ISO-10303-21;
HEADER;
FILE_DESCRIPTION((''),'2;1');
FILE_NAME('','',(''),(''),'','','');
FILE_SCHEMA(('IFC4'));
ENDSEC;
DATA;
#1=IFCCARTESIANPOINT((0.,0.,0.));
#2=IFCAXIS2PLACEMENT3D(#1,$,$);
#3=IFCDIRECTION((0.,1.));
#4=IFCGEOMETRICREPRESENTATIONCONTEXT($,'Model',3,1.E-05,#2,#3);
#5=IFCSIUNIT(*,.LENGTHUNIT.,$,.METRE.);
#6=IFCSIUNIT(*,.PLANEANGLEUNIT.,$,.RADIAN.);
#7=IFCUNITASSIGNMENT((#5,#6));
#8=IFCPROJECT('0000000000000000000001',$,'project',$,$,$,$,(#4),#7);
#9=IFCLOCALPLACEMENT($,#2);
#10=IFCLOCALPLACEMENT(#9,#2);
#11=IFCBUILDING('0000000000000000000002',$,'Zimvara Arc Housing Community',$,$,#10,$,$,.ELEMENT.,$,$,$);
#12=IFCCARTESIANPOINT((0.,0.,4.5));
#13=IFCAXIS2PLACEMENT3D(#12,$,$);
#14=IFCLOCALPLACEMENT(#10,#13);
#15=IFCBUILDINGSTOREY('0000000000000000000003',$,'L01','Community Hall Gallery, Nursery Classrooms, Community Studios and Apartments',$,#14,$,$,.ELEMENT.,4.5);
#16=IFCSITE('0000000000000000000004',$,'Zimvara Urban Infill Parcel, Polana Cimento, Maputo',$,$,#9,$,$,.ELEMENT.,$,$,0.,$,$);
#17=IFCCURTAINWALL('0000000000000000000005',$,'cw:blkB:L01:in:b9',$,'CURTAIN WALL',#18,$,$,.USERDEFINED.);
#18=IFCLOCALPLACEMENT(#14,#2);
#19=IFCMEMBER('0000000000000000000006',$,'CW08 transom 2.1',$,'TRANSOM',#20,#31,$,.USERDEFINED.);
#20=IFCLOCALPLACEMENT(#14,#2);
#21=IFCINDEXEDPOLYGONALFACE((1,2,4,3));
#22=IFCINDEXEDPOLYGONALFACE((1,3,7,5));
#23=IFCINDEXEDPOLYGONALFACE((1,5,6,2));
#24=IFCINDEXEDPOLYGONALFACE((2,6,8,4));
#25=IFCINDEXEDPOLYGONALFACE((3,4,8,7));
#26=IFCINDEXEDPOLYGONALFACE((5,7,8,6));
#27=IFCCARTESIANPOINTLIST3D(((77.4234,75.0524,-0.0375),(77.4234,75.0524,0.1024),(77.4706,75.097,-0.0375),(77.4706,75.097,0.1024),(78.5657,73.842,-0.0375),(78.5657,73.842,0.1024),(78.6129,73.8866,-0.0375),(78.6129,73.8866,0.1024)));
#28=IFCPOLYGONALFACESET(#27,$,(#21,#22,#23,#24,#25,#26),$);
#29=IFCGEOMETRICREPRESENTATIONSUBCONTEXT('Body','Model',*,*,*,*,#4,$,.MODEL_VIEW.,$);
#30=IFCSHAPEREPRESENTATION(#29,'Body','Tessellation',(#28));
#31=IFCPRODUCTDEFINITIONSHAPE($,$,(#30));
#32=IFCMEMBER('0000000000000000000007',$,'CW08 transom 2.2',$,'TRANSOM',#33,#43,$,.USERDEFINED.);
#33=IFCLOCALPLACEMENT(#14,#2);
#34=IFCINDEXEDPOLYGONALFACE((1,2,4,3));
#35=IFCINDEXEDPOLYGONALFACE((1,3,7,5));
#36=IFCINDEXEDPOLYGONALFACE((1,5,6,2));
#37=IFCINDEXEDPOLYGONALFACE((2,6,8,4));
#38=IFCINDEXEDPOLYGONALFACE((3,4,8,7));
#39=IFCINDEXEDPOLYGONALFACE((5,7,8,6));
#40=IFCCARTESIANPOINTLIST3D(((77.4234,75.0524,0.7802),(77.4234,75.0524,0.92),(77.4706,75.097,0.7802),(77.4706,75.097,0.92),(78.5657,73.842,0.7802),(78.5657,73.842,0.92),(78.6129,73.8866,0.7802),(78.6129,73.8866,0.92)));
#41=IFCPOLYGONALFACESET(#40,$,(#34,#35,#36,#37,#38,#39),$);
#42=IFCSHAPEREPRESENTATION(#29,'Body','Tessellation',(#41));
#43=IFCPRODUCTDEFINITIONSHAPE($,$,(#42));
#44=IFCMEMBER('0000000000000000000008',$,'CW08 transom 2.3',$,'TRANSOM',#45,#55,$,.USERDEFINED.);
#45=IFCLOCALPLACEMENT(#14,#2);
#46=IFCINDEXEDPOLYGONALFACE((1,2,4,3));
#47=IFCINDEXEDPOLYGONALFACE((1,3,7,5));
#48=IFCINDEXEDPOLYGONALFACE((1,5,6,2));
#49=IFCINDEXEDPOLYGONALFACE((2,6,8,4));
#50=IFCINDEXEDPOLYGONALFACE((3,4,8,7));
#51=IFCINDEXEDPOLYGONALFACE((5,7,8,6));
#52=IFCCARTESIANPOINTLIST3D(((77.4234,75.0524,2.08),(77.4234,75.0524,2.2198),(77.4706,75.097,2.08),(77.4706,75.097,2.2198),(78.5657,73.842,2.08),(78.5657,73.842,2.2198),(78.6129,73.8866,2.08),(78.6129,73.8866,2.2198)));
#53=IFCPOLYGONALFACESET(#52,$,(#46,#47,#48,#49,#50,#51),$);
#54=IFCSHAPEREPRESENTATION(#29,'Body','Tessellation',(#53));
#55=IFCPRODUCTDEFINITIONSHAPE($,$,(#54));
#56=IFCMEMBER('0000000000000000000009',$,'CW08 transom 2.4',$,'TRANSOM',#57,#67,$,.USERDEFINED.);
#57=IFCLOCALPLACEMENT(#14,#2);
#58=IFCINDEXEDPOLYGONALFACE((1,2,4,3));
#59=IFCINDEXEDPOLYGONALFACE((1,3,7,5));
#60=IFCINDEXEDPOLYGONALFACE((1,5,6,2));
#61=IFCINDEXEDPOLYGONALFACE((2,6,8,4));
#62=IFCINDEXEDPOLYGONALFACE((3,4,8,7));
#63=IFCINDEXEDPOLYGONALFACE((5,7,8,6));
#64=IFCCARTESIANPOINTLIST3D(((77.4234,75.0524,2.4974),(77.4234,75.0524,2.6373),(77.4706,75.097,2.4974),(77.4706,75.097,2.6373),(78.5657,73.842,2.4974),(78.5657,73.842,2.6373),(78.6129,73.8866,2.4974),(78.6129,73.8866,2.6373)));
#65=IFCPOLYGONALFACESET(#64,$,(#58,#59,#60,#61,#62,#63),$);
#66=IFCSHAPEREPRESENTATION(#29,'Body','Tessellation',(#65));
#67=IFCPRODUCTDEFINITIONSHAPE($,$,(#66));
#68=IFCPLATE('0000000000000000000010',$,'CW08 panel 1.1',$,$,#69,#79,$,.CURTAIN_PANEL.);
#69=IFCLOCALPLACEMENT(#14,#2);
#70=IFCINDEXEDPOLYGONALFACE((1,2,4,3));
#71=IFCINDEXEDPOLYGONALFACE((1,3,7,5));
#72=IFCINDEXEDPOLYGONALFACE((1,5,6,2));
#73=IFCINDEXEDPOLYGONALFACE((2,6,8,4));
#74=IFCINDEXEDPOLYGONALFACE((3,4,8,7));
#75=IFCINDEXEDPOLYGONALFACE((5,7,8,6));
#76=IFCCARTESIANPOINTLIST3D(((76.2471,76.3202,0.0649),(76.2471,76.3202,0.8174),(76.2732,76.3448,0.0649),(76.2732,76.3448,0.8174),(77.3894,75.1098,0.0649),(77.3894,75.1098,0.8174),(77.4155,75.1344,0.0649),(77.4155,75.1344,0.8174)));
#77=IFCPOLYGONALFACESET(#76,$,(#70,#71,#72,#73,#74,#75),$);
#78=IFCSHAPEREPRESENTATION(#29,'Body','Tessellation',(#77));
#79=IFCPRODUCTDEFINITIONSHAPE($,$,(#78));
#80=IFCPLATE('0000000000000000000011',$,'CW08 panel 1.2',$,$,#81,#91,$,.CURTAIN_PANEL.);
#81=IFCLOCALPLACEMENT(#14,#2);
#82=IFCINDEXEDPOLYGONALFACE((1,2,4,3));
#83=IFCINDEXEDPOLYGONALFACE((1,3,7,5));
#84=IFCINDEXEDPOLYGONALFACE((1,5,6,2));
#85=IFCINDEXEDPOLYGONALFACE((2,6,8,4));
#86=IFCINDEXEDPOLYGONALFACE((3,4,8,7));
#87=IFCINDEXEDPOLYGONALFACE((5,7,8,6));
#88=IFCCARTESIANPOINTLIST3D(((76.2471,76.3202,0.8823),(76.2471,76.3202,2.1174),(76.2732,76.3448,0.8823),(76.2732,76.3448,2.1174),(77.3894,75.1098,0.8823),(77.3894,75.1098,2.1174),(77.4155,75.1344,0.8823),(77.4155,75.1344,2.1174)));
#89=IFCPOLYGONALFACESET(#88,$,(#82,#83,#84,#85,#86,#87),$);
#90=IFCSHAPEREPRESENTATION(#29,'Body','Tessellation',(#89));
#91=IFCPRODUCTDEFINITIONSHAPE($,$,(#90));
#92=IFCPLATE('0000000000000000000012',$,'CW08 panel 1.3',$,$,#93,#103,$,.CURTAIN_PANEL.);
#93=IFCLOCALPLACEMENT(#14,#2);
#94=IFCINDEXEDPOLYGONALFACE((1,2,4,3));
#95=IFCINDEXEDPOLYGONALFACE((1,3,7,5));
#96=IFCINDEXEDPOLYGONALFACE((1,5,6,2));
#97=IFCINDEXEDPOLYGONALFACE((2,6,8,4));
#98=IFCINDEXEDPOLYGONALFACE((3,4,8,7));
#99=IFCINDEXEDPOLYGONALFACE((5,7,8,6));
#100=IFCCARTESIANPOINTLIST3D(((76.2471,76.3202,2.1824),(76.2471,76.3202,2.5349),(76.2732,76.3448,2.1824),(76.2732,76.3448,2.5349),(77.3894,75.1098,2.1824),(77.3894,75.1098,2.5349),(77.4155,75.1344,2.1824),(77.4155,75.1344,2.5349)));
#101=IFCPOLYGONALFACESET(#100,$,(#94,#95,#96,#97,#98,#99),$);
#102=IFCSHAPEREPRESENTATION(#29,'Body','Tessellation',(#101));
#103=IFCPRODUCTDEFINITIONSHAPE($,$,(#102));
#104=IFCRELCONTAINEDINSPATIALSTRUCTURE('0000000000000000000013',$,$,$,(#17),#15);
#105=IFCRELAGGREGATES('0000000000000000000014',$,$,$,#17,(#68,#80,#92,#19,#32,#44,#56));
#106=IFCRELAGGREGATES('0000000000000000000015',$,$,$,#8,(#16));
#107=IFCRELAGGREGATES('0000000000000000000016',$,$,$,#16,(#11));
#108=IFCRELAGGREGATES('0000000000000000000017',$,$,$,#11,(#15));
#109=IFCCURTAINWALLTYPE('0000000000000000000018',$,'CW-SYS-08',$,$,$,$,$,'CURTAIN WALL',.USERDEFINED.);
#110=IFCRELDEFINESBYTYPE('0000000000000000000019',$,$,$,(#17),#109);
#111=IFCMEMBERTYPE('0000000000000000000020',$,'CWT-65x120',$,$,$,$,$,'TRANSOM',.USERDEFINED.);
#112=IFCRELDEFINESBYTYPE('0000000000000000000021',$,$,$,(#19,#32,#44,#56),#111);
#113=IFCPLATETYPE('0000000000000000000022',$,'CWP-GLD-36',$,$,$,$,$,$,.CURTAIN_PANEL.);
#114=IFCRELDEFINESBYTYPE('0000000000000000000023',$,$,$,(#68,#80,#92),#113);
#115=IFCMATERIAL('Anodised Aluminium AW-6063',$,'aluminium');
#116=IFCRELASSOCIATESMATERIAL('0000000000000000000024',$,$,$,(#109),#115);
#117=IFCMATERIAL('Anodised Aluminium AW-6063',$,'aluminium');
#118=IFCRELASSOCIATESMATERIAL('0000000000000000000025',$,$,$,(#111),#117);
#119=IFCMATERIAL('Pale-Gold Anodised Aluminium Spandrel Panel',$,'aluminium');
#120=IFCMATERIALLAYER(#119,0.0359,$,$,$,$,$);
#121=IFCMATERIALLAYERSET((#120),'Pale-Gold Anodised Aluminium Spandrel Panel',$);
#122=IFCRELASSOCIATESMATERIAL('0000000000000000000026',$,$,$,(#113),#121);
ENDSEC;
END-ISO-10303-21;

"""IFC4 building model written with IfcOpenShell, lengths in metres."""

from ifc_helpers import new_model, si_unit, direction, frame, origin, origin_2d, place, context, subcontext, project, spatial, rectangle, extrude, material, layer, layer_set, material_profile, profile_set, type_object, element, aggregate, save


model = new_model("IFC4")

# Units and contexts
model_context = context("Model", 3, precision=1e-05, world=origin(), true_north=direction((0.0, 1.0)))
body_context = subcontext(model_context, "Body", "Model", "MODEL_VIEW")
ifc_project = project(units=[si_unit("LENGTHUNIT", "METRE"), si_unit("PLANEANGLEUNIT", "RADIAN")], contexts=[model_context])

# Site, building, storey
site_placement = place(None, origin())
site = spatial("IfcSite", under=ifc_project, at=site_placement, Name="Zimvara Urban Infill Parcel, Polana Cimento, Maputo", CompositionType="ELEMENT", RefElevation=0.0)
building_placement = place(site_placement, origin())
building = spatial("IfcBuilding", under=site, at=building_placement, Name="Zimvara Arc Housing Community", CompositionType="ELEMENT")
storey_placement = place(building_placement, frame((0.0, 0.0, 4.5)))
storey = spatial("IfcBuildingStorey", under=building, at=storey_placement, Name="L01", Description="Community Hall Gallery, Nursery Classrooms, Community Studios and Apartments", CompositionType="ELEMENT", Elevation=4.5)

# Curtain wall, members, plates
ifc_material_1 = material(Name="Anodised Aluminium AW-6063", Category="aluminium")
curtain_wall_type = type_object("IfcCurtainWallType", Name="CW-SYS-08", ElementType="CURTAIN WALL", PredefinedType="USERDEFINED", material=ifc_material_1)
curtain_wall_placement = place(storey_placement, origin())
curtain_wall = element("IfcCurtainWall", 1, at=curtain_wall_placement, inside=storey, type_object=curtain_wall_type, Name="cw:blkB:L01:in:b9", ObjectType="CURTAIN WALL", PredefinedType="USERDEFINED")
ifc_material_2 = material(Name="Anodised Aluminium AW-6063", Category="aluminium")
ifc_material_profile_1 = material_profile(ifc_material_2, rectangle(XDim=0.0649, YDim=0.1399, at=origin_2d()), Name="ALU 65x140")
ifc_profile_set_1 = profile_set([ifc_material_profile_1], Name="Anodised Aluminium AW-6063")
member_type_1 = type_object("IfcMemberType", Name="CWT-65x120", ElementType="TRANSOM", PredefinedType="USERDEFINED", material=ifc_profile_set_1)
member_1_placement = place(storey_placement, frame((77.447, 75.0747, 0.0325), z_axis=(0.686348, -0.727273, 0.0), x_axis=(0.727273, 0.686348, 0.0)))
member_1 = element("IfcMember", 2, at=member_1_placement, type_object=member_type_1, Name="CW08 transom 2.1", ObjectType="TRANSOM", PredefinedType="USERDEFINED", context=body_context, shape_type="SweptSolid", body=[
    extrude(rectangle(XDim=0.0649, YDim=0.1399, at=origin_2d()), origin(), (0.0, 0.0, 1.0), 1.6643),
])
member_2_placement = place(storey_placement, frame((77.447, 75.0747, 0.8501), z_axis=(0.686348, -0.727273, 0.0), x_axis=(0.727273, 0.686348, 0.0)))
member_2 = element("IfcMember", 3, at=member_2_placement, type_object=member_type_1, Name="CW08 transom 2.2", ObjectType="TRANSOM", PredefinedType="USERDEFINED", context=body_context, shape_type="SweptSolid", body=[
    extrude(rectangle(XDim=0.0649, YDim=0.1399, at=origin_2d()), origin(), (0.0, 0.0, 1.0), 1.6643),
])
member_3_placement = place(storey_placement, frame((77.447, 75.0747, 2.1499), z_axis=(0.686348, -0.727273, 0.0), x_axis=(0.727273, 0.686348, 0.0)))
member_3 = element("IfcMember", 4, at=member_3_placement, type_object=member_type_1, Name="CW08 transom 2.3", ObjectType="TRANSOM", PredefinedType="USERDEFINED", context=body_context, shape_type="SweptSolid", body=[
    extrude(rectangle(XDim=0.0649, YDim=0.1399, at=origin_2d()), origin(), (0.0, 0.0, 1.0), 1.6643),
])
member_4_placement = place(storey_placement, frame((77.447, 75.0747, 2.5674), z_axis=(0.686348, -0.727273, 0.0), x_axis=(0.727273, 0.686348, 0.0)))
member_4 = element("IfcMember", 5, at=member_4_placement, type_object=member_type_1, Name="CW08 transom 2.4", ObjectType="TRANSOM", PredefinedType="USERDEFINED", context=body_context, shape_type="SweptSolid", body=[
    extrude(rectangle(XDim=0.0649, YDim=0.1399, at=origin_2d()), origin(), (0.0, 0.0, 1.0), 1.6643),
])
ifc_material_3 = material(Name="Pale-Gold Anodised Aluminium Spandrel Panel", Category="aluminium")
ifc_layer = layer(ifc_material_3, 0.0359)
ifc_layer_set = layer_set([ifc_layer], Name="Pale-Gold Anodised Aluminium Spandrel Panel")
plate_type = type_object("IfcPlateType", Name="CWP-GLD-36", PredefinedType="CURTAIN_PANEL", material=ifc_layer_set)
plate_1_placement = place(storey_placement, frame((76.8313, 75.7273, 0.0649), z_axis=(0.0, 0.0, 1.0), x_axis=(0.686327, -0.727293, 0.0)))
plate_1 = element("IfcPlate", 6, at=plate_1_placement, type_object=plate_type, Name="CW08 panel 1.1", PredefinedType="CURTAIN_PANEL", context=body_context, shape_type="SweptSolid", body=[
    extrude(rectangle(XDim=1.6643, YDim=0.0359, at=origin_2d()), origin(), (0.0, 0.0, 1.0), 0.7524),
])
plate_2_placement = place(storey_placement, frame((76.8313, 75.7273, 0.8823), z_axis=(0.0, 0.0, 1.0), x_axis=(0.686327, -0.727293, 0.0)))
plate_2 = element("IfcPlate", 7, at=plate_2_placement, type_object=plate_type, Name="CW08 panel 1.2", PredefinedType="CURTAIN_PANEL", context=body_context, shape_type="SweptSolid", body=[
    extrude(rectangle(XDim=1.6643, YDim=0.0359, at=origin_2d()), origin(), (0.0, 0.0, 1.0), 1.2351),
])
plate_3_placement = place(storey_placement, frame((76.8313, 75.7273, 2.1824), z_axis=(0.0, 0.0, 1.0), x_axis=(0.686327, -0.727293, 0.0)))
plate_3 = element("IfcPlate", 8, at=plate_3_placement, type_object=plate_type, Name="CW08 panel 1.3", PredefinedType="CURTAIN_PANEL", context=body_context, shape_type="SweptSolid", body=[
    extrude(rectangle(XDim=1.6643, YDim=0.0359, at=origin_2d()), origin(), (0.0, 0.0, 1.0), 0.3525),
])
aggregate(curtain_wall, [plate_1, plate_2, plate_3, member_1, member_2, member_3, member_4])

save(model, "model.ifc")
